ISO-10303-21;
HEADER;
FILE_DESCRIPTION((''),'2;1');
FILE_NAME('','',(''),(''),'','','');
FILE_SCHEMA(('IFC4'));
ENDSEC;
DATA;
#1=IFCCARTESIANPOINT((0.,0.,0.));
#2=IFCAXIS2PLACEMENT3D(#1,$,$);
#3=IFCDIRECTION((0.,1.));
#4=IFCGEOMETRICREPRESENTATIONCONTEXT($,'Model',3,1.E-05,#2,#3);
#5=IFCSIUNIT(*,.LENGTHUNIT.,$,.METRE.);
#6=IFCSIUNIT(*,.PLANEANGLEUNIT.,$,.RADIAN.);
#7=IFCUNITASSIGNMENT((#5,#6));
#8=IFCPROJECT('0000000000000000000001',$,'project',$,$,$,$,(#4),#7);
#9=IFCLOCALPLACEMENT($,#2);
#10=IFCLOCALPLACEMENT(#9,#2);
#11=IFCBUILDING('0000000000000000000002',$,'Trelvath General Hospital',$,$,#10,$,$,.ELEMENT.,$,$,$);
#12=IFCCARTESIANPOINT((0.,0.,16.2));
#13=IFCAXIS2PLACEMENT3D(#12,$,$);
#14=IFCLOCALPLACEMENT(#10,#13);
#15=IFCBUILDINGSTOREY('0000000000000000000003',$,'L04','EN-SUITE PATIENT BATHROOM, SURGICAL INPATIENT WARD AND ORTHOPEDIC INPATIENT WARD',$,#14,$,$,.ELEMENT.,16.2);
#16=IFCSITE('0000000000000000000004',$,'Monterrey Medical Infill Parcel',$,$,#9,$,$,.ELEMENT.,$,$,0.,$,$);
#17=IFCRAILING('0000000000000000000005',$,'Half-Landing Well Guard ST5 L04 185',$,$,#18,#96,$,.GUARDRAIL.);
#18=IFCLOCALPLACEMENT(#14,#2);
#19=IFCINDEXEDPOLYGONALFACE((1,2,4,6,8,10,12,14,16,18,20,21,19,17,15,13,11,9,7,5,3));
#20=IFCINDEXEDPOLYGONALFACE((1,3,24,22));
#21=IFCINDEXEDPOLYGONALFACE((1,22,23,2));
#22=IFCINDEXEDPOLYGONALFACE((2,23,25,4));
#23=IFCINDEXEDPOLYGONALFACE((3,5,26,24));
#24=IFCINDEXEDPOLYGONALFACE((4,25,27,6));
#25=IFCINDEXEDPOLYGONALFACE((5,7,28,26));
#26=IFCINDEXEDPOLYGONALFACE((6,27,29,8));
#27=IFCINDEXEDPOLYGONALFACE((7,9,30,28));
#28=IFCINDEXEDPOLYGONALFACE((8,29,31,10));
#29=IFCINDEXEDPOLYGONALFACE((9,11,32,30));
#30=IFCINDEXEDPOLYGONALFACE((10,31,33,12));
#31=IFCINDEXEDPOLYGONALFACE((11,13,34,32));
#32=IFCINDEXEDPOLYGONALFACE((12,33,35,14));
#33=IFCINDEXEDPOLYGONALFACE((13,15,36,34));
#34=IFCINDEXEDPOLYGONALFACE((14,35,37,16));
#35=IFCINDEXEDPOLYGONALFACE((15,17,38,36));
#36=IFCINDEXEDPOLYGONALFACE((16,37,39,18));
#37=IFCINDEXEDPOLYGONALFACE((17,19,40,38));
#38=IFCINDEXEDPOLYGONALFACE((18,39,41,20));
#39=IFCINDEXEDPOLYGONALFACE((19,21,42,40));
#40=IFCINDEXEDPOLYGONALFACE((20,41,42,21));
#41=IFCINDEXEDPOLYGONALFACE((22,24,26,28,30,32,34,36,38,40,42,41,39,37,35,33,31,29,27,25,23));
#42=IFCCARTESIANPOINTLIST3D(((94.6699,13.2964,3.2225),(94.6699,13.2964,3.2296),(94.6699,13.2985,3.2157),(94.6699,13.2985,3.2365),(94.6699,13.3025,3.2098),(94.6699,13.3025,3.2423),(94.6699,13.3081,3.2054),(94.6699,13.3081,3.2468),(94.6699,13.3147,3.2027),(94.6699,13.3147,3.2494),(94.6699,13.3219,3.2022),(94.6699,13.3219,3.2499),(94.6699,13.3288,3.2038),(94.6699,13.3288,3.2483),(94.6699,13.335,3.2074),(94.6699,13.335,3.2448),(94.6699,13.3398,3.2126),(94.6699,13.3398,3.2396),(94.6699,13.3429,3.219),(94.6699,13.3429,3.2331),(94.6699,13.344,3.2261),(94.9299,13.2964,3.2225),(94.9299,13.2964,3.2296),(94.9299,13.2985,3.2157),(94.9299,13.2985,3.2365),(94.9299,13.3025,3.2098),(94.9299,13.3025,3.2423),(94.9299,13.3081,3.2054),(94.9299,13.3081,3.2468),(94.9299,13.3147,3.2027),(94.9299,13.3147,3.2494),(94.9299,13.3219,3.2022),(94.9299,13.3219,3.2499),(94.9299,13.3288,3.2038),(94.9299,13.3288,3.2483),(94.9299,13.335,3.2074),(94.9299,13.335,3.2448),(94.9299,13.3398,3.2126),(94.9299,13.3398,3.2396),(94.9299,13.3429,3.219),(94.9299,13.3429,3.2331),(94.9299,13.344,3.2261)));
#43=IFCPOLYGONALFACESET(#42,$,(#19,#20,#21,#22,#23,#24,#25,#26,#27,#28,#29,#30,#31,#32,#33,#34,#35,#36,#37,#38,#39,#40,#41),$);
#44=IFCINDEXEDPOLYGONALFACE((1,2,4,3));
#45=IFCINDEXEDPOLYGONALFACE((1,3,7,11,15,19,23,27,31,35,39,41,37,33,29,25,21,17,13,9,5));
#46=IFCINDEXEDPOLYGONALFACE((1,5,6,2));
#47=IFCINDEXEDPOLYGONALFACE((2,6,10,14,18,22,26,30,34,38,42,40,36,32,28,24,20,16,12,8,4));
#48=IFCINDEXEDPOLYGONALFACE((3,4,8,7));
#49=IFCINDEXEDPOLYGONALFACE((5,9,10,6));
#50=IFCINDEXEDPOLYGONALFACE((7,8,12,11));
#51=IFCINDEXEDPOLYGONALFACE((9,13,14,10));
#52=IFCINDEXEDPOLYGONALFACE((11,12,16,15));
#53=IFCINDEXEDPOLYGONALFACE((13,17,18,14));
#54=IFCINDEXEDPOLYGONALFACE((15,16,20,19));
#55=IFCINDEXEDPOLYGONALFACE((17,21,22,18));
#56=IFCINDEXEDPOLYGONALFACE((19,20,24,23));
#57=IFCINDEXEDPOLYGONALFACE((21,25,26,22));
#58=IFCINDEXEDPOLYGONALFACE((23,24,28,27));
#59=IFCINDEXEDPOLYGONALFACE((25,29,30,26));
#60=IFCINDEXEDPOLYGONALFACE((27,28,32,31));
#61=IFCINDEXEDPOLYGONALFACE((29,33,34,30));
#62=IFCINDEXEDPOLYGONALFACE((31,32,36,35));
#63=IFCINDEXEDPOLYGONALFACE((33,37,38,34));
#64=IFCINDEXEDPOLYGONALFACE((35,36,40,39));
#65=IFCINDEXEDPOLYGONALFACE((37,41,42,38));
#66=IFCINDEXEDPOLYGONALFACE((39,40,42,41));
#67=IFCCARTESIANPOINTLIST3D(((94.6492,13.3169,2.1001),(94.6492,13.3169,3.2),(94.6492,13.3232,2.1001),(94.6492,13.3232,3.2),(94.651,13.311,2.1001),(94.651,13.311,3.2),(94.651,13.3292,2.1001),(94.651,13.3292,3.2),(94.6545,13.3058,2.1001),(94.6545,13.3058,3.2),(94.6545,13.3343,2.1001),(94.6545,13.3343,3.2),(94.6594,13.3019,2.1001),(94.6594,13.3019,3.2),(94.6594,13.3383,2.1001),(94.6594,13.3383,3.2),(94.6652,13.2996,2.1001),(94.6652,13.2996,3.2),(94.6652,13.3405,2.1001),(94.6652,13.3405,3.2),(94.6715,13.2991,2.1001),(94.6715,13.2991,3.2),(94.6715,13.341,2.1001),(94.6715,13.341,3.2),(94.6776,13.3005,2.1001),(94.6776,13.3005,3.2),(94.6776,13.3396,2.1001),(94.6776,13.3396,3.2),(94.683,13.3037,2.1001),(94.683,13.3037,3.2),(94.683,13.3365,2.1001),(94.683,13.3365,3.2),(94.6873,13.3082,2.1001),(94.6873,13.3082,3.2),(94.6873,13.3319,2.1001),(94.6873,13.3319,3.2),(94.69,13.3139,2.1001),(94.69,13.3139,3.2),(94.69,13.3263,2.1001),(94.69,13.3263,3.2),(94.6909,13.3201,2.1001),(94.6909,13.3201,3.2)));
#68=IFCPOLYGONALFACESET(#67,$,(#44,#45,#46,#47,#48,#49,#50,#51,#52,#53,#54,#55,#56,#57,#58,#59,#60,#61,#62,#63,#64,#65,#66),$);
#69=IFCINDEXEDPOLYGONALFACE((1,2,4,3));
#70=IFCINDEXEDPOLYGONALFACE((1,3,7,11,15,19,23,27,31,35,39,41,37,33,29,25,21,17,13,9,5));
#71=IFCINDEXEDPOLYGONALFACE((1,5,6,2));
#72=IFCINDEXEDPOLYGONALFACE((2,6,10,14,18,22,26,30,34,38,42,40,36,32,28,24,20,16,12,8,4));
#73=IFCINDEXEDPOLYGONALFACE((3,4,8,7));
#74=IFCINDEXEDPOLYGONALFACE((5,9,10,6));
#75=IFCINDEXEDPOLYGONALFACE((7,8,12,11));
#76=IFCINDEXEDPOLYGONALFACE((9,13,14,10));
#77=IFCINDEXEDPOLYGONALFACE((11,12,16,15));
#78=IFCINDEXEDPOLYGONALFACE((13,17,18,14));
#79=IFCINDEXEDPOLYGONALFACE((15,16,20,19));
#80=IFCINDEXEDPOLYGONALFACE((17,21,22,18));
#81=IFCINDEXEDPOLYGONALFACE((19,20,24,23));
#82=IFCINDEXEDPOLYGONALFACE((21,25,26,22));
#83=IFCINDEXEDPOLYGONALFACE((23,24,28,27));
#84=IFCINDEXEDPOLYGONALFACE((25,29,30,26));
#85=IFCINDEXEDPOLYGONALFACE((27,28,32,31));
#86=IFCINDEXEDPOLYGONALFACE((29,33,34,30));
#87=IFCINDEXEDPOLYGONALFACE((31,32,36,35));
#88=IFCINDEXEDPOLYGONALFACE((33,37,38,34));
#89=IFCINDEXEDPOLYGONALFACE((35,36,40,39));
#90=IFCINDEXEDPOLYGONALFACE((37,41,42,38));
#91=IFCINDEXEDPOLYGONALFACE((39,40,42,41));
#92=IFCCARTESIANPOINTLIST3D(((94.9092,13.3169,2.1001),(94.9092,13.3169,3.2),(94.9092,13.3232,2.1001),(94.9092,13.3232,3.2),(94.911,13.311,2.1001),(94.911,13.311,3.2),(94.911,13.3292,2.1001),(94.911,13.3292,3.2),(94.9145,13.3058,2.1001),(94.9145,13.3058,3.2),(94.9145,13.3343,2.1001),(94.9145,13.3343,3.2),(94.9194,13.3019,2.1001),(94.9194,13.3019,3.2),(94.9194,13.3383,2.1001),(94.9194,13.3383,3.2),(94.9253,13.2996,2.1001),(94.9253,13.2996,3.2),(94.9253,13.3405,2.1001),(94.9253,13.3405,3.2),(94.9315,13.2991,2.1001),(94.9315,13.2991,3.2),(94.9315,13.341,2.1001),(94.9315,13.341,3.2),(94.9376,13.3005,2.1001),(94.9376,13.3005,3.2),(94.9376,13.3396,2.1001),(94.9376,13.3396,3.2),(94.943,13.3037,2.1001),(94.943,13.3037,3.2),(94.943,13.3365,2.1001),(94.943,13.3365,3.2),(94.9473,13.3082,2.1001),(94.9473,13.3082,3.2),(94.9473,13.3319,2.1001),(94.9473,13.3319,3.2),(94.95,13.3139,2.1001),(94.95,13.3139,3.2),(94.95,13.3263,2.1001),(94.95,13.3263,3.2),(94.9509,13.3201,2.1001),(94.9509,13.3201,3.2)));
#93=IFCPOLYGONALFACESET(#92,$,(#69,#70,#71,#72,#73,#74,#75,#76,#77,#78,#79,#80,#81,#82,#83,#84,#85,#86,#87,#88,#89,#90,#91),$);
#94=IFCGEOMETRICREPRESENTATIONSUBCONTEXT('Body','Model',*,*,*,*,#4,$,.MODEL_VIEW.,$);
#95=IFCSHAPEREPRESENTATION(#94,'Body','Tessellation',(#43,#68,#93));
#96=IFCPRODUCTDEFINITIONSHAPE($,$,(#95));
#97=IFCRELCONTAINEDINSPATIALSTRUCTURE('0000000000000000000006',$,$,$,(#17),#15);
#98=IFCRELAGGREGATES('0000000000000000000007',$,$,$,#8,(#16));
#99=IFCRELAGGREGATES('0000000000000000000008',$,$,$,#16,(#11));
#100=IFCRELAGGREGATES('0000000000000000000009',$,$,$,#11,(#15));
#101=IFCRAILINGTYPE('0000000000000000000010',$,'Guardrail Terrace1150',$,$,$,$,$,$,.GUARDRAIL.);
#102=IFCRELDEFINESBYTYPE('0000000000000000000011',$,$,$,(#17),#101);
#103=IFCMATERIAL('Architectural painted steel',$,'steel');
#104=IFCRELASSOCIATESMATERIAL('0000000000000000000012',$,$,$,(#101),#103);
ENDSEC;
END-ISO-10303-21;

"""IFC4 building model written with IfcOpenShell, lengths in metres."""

from ifc_helpers import new_model, si_unit, direction, frame, origin, origin_2d, place, context, subcontext, project, spatial, circle, extrude, material, type_object, element, save


model = new_model("IFC4")

# Units and contexts
model_context = context("Model", 3, precision=1e-05, world=origin(), true_north=direction((0.0, 1.0)))
body_context = subcontext(model_context, "Body", "Model", "MODEL_VIEW")
ifc_project = project(units=[si_unit("LENGTHUNIT", "METRE"), si_unit("PLANEANGLEUNIT", "RADIAN")], contexts=[model_context])

# Site, building, storey
site_placement = place(None, origin())
site = spatial("IfcSite", under=ifc_project, at=site_placement, Name="Monterrey Medical Infill Parcel", CompositionType="ELEMENT", RefElevation=0.0)
building_placement = place(site_placement, origin())
building = spatial("IfcBuilding", under=site, at=building_placement, Name="Trelvath General Hospital", CompositionType="ELEMENT")
storey_placement = place(building_placement, frame((0.0, 0.0, 16.2)))
storey = spatial("IfcBuildingStorey", under=building, at=storey_placement, Name="L04", Description="EN-SUITE PATIENT BATHROOM, SURGICAL INPATIENT WARD AND ORTHOPEDIC INPATIENT WARD", CompositionType="ELEMENT", Elevation=16.2)

# Railing
ifc_material_1 = material(Name="Architectural painted steel", Category="steel")
railing_type_1 = type_object("IfcRailingType", Name="Guardrail Terrace1150", PredefinedType="GUARDRAIL", material=ifc_material_1)
railing_1_placement = place(storey_placement, frame((94.6699, 13.3201, 2.1001)))
element("IfcRailing", 1, at=railing_1_placement, inside=storey, type_object=railing_type_1, Name="Half-Landing Well Guard ST5 L04 185", PredefinedType="GUARDRAIL", context=body_context, shape_type="SweptSolid", body=[
    extrude(circle(Radius=0.0239, at=origin_2d()), frame((0.0, 0.0, 1.126), z_axis=(1.0, 0.0, 0.0), x_axis=(0.0, 1.0, 0.0)), (0.0, 0.0, 1.0), 0.26),
    extrude(circle(Radius=0.021, at=origin_2d()), origin(), (0.0, 0.0, 1.0), 1.0999),
    extrude(circle(Radius=0.021, at=origin_2d()), frame((0.26, 0.0, 0.0)), (0.0, 0.0, 1.0), 1.0999),
])

save(model, "model.ifc")
